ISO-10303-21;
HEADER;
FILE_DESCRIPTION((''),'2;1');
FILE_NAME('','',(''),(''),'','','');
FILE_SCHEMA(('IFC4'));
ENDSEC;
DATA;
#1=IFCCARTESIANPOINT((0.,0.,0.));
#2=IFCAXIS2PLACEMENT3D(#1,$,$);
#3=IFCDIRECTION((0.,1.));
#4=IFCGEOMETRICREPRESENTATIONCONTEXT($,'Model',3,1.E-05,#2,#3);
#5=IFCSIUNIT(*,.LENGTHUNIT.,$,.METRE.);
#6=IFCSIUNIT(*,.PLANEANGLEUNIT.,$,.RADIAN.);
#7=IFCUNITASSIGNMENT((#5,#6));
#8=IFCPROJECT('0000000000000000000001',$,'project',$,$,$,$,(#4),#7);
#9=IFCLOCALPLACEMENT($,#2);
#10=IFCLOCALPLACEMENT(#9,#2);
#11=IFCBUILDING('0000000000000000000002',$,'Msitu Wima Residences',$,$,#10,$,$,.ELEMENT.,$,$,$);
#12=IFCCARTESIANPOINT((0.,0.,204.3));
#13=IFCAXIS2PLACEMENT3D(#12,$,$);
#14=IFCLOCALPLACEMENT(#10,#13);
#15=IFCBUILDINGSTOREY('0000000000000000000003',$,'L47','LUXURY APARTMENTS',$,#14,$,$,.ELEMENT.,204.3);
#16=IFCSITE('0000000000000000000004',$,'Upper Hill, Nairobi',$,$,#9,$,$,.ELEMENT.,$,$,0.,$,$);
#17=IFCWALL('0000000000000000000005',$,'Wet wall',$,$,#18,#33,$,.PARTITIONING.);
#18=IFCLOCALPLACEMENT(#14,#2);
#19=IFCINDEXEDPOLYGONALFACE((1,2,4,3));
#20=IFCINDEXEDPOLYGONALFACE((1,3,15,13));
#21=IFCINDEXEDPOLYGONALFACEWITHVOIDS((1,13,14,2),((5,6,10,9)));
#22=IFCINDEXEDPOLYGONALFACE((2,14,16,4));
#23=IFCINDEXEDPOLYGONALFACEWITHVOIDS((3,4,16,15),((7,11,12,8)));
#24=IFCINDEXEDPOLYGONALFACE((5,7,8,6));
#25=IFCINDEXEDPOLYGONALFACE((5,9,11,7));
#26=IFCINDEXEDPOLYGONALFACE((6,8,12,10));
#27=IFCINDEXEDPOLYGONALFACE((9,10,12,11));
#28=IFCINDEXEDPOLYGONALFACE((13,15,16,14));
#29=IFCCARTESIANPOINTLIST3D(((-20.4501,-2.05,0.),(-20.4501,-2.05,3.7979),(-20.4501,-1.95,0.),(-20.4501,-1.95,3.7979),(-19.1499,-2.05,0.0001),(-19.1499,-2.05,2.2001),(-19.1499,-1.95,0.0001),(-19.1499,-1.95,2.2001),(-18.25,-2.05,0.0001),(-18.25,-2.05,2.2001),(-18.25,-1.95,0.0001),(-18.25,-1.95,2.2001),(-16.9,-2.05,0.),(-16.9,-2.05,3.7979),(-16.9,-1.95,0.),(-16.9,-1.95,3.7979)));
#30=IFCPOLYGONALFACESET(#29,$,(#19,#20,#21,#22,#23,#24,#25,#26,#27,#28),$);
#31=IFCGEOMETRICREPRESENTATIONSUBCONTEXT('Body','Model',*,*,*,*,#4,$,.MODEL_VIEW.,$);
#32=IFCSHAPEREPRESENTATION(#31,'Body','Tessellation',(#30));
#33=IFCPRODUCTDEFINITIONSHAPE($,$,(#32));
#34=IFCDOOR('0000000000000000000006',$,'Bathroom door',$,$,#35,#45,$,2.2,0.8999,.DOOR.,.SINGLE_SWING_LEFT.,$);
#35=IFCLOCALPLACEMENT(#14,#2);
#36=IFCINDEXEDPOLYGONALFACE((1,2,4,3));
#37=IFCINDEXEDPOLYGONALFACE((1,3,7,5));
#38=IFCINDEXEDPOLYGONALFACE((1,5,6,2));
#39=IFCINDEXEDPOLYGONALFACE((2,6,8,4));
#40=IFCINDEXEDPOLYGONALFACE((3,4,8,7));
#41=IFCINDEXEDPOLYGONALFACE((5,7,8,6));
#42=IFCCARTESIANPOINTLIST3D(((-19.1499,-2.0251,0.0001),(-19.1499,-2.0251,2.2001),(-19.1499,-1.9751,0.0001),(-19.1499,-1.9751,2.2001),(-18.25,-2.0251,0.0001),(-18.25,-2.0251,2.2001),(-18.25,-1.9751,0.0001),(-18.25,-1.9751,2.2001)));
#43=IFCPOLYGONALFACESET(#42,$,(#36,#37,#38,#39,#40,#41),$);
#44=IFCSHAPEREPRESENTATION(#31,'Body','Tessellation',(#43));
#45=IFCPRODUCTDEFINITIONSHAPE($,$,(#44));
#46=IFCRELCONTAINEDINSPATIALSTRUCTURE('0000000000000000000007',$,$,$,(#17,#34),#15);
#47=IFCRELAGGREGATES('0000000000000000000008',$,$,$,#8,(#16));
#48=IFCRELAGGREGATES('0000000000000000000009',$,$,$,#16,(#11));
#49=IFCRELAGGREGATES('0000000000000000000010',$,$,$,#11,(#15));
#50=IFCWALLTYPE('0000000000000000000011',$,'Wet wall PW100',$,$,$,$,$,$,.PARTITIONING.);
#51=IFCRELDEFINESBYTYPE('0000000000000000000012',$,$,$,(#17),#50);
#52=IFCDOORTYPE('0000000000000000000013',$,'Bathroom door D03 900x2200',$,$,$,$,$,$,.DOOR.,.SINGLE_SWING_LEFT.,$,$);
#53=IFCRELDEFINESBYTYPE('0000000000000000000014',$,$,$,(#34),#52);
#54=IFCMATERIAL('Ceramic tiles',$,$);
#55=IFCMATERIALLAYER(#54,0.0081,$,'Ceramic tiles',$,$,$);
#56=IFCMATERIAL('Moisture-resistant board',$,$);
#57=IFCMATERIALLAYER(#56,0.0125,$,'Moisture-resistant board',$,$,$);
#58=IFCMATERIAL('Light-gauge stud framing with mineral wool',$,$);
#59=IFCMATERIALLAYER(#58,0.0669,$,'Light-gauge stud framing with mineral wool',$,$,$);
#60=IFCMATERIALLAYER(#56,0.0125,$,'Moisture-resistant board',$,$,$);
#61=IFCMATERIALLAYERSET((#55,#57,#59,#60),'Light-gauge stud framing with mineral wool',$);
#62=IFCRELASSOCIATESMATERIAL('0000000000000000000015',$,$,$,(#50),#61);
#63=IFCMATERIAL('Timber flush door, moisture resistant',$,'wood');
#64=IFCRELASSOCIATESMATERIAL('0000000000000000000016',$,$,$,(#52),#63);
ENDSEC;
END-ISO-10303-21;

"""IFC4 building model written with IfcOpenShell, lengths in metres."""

from ifc_helpers import new_model, si_unit, direction, frame, frame_2d, origin, place, context, subcontext, project, spatial, rectangle, extrude, material, layer, layer_set, type_object, element, fill, save


model = new_model("IFC4")

# Units and contexts
model_context = context("Model", 3, precision=1e-05, world=origin(), true_north=direction((0.0, 1.0)))
body_context = subcontext(model_context, "Body", "Model", "MODEL_VIEW")
ifc_project = project(units=[si_unit("LENGTHUNIT", "METRE"), si_unit("PLANEANGLEUNIT", "RADIAN")], contexts=[model_context])

# Site, building, storey
site_placement = place(None, origin())
site = spatial("IfcSite", under=ifc_project, at=site_placement, Name="Upper Hill, Nairobi", CompositionType="ELEMENT", RefElevation=0.0)
building_placement = place(site_placement, origin())
building = spatial("IfcBuilding", under=site, at=building_placement, Name="Msitu Wima Residences", CompositionType="ELEMENT")
storey_placement = place(building_placement, frame((0.0, 0.0, 204.3)))
storey = spatial("IfcBuildingStorey", under=building, at=storey_placement, Name="L47", Description="LUXURY APARTMENTS", CompositionType="ELEMENT", Elevation=204.3)

# Shared definitions
ifc_material_1 = material(Name="Light-gauge stud framing with mineral wool")

# Shared definitions
ifc_material_2 = material(Name="Ceramic tiles")
ifc_layer_1 = layer(ifc_material_2, 0.0081, Name="Ceramic tiles")
ifc_material_3 = material(Name="Moisture-resistant board")
ifc_layer_2 = layer(ifc_material_3, 0.0125, Name="Moisture-resistant board")
ifc_layer_3 = layer(ifc_material_1, 0.0669, Name="Light-gauge stud framing with mineral wool")
ifc_layer_4 = layer(ifc_material_3, 0.0125, Name="Moisture-resistant board")
ifc_layer_set_1 = layer_set([ifc_layer_1, ifc_layer_2, ifc_layer_3, ifc_layer_4], Name="Light-gauge stud framing with mineral wool")
wall_type_1 = type_object("IfcWallType", Name="Wet wall PW100", PredefinedType="PARTITIONING", material=ifc_layer_set_1)

# Wall, opening, door
wall_1_placement = place(storey_placement, frame((-20.45, -2.0, 0.0), z_axis=(0.0, 0.0, 1.0), x_axis=(1.0, 0.0, 0.0)))
wall_1 = element("IfcWall", 1, at=wall_1_placement, inside=storey, type_object=wall_type_1, Name="Wet wall", PredefinedType="PARTITIONING", context=body_context, shape_type="SweptSolid", body=[
    extrude(rectangle(XDim=3.55, YDim=0.1001, at=frame_2d((1.7749, 0.0))), origin(), (0.0, 0.0, 1.0), 3.7979),
])
opening_1_placement = place(wall_1_placement, frame((1.3, 0.0, 0.0)))
opening_1 = element("IfcOpeningElement", 2, at=opening_1_placement, cuts=wall_1, PredefinedType="OPENING", context=body_context, shape_type="SweptSolid", body=[
    extrude(rectangle(XDim=0.8999, YDim=2.2, at=frame_2d((0.45, 1.1001))), frame((0.0, 0.0601, 0.0), z_axis=(0.0, -1.0, 0.0), x_axis=(1.0, 0.0, 0.0)), (0.0, 0.0, 1.0), 0.1201),
])
ifc_material_4 = material(Name="Timber flush door, moisture resistant", Category="wood")
door_type_1 = type_object("IfcDoorType", Name="Bathroom door D03 900x2200", OperationType="SINGLE_SWING_LEFT", PredefinedType="DOOR", material=ifc_material_4)
door_1_placement = place(opening_1_placement, origin())
door_1 = element("IfcDoor", 3, at=door_1_placement, inside=storey, type_object=door_type_1, Name="Bathroom door", OperationType="SINGLE_SWING_LEFT", OverallHeight=2.2, OverallWidth=0.8999, PredefinedType="DOOR", context=body_context, shape_type="SweptSolid", body=[
    extrude(rectangle(XDim=0.8999, YDim=2.2, at=frame_2d((0.45, 1.1001))), frame((0.0, 0.0249, 0.0), z_axis=(0.0, -1.0, 0.0), x_axis=(1.0, 0.0, 0.0)), (0.0, 0.0, 1.0), 0.05),
])
fill(opening_1, door_1)

save(model, "model.ifc")
